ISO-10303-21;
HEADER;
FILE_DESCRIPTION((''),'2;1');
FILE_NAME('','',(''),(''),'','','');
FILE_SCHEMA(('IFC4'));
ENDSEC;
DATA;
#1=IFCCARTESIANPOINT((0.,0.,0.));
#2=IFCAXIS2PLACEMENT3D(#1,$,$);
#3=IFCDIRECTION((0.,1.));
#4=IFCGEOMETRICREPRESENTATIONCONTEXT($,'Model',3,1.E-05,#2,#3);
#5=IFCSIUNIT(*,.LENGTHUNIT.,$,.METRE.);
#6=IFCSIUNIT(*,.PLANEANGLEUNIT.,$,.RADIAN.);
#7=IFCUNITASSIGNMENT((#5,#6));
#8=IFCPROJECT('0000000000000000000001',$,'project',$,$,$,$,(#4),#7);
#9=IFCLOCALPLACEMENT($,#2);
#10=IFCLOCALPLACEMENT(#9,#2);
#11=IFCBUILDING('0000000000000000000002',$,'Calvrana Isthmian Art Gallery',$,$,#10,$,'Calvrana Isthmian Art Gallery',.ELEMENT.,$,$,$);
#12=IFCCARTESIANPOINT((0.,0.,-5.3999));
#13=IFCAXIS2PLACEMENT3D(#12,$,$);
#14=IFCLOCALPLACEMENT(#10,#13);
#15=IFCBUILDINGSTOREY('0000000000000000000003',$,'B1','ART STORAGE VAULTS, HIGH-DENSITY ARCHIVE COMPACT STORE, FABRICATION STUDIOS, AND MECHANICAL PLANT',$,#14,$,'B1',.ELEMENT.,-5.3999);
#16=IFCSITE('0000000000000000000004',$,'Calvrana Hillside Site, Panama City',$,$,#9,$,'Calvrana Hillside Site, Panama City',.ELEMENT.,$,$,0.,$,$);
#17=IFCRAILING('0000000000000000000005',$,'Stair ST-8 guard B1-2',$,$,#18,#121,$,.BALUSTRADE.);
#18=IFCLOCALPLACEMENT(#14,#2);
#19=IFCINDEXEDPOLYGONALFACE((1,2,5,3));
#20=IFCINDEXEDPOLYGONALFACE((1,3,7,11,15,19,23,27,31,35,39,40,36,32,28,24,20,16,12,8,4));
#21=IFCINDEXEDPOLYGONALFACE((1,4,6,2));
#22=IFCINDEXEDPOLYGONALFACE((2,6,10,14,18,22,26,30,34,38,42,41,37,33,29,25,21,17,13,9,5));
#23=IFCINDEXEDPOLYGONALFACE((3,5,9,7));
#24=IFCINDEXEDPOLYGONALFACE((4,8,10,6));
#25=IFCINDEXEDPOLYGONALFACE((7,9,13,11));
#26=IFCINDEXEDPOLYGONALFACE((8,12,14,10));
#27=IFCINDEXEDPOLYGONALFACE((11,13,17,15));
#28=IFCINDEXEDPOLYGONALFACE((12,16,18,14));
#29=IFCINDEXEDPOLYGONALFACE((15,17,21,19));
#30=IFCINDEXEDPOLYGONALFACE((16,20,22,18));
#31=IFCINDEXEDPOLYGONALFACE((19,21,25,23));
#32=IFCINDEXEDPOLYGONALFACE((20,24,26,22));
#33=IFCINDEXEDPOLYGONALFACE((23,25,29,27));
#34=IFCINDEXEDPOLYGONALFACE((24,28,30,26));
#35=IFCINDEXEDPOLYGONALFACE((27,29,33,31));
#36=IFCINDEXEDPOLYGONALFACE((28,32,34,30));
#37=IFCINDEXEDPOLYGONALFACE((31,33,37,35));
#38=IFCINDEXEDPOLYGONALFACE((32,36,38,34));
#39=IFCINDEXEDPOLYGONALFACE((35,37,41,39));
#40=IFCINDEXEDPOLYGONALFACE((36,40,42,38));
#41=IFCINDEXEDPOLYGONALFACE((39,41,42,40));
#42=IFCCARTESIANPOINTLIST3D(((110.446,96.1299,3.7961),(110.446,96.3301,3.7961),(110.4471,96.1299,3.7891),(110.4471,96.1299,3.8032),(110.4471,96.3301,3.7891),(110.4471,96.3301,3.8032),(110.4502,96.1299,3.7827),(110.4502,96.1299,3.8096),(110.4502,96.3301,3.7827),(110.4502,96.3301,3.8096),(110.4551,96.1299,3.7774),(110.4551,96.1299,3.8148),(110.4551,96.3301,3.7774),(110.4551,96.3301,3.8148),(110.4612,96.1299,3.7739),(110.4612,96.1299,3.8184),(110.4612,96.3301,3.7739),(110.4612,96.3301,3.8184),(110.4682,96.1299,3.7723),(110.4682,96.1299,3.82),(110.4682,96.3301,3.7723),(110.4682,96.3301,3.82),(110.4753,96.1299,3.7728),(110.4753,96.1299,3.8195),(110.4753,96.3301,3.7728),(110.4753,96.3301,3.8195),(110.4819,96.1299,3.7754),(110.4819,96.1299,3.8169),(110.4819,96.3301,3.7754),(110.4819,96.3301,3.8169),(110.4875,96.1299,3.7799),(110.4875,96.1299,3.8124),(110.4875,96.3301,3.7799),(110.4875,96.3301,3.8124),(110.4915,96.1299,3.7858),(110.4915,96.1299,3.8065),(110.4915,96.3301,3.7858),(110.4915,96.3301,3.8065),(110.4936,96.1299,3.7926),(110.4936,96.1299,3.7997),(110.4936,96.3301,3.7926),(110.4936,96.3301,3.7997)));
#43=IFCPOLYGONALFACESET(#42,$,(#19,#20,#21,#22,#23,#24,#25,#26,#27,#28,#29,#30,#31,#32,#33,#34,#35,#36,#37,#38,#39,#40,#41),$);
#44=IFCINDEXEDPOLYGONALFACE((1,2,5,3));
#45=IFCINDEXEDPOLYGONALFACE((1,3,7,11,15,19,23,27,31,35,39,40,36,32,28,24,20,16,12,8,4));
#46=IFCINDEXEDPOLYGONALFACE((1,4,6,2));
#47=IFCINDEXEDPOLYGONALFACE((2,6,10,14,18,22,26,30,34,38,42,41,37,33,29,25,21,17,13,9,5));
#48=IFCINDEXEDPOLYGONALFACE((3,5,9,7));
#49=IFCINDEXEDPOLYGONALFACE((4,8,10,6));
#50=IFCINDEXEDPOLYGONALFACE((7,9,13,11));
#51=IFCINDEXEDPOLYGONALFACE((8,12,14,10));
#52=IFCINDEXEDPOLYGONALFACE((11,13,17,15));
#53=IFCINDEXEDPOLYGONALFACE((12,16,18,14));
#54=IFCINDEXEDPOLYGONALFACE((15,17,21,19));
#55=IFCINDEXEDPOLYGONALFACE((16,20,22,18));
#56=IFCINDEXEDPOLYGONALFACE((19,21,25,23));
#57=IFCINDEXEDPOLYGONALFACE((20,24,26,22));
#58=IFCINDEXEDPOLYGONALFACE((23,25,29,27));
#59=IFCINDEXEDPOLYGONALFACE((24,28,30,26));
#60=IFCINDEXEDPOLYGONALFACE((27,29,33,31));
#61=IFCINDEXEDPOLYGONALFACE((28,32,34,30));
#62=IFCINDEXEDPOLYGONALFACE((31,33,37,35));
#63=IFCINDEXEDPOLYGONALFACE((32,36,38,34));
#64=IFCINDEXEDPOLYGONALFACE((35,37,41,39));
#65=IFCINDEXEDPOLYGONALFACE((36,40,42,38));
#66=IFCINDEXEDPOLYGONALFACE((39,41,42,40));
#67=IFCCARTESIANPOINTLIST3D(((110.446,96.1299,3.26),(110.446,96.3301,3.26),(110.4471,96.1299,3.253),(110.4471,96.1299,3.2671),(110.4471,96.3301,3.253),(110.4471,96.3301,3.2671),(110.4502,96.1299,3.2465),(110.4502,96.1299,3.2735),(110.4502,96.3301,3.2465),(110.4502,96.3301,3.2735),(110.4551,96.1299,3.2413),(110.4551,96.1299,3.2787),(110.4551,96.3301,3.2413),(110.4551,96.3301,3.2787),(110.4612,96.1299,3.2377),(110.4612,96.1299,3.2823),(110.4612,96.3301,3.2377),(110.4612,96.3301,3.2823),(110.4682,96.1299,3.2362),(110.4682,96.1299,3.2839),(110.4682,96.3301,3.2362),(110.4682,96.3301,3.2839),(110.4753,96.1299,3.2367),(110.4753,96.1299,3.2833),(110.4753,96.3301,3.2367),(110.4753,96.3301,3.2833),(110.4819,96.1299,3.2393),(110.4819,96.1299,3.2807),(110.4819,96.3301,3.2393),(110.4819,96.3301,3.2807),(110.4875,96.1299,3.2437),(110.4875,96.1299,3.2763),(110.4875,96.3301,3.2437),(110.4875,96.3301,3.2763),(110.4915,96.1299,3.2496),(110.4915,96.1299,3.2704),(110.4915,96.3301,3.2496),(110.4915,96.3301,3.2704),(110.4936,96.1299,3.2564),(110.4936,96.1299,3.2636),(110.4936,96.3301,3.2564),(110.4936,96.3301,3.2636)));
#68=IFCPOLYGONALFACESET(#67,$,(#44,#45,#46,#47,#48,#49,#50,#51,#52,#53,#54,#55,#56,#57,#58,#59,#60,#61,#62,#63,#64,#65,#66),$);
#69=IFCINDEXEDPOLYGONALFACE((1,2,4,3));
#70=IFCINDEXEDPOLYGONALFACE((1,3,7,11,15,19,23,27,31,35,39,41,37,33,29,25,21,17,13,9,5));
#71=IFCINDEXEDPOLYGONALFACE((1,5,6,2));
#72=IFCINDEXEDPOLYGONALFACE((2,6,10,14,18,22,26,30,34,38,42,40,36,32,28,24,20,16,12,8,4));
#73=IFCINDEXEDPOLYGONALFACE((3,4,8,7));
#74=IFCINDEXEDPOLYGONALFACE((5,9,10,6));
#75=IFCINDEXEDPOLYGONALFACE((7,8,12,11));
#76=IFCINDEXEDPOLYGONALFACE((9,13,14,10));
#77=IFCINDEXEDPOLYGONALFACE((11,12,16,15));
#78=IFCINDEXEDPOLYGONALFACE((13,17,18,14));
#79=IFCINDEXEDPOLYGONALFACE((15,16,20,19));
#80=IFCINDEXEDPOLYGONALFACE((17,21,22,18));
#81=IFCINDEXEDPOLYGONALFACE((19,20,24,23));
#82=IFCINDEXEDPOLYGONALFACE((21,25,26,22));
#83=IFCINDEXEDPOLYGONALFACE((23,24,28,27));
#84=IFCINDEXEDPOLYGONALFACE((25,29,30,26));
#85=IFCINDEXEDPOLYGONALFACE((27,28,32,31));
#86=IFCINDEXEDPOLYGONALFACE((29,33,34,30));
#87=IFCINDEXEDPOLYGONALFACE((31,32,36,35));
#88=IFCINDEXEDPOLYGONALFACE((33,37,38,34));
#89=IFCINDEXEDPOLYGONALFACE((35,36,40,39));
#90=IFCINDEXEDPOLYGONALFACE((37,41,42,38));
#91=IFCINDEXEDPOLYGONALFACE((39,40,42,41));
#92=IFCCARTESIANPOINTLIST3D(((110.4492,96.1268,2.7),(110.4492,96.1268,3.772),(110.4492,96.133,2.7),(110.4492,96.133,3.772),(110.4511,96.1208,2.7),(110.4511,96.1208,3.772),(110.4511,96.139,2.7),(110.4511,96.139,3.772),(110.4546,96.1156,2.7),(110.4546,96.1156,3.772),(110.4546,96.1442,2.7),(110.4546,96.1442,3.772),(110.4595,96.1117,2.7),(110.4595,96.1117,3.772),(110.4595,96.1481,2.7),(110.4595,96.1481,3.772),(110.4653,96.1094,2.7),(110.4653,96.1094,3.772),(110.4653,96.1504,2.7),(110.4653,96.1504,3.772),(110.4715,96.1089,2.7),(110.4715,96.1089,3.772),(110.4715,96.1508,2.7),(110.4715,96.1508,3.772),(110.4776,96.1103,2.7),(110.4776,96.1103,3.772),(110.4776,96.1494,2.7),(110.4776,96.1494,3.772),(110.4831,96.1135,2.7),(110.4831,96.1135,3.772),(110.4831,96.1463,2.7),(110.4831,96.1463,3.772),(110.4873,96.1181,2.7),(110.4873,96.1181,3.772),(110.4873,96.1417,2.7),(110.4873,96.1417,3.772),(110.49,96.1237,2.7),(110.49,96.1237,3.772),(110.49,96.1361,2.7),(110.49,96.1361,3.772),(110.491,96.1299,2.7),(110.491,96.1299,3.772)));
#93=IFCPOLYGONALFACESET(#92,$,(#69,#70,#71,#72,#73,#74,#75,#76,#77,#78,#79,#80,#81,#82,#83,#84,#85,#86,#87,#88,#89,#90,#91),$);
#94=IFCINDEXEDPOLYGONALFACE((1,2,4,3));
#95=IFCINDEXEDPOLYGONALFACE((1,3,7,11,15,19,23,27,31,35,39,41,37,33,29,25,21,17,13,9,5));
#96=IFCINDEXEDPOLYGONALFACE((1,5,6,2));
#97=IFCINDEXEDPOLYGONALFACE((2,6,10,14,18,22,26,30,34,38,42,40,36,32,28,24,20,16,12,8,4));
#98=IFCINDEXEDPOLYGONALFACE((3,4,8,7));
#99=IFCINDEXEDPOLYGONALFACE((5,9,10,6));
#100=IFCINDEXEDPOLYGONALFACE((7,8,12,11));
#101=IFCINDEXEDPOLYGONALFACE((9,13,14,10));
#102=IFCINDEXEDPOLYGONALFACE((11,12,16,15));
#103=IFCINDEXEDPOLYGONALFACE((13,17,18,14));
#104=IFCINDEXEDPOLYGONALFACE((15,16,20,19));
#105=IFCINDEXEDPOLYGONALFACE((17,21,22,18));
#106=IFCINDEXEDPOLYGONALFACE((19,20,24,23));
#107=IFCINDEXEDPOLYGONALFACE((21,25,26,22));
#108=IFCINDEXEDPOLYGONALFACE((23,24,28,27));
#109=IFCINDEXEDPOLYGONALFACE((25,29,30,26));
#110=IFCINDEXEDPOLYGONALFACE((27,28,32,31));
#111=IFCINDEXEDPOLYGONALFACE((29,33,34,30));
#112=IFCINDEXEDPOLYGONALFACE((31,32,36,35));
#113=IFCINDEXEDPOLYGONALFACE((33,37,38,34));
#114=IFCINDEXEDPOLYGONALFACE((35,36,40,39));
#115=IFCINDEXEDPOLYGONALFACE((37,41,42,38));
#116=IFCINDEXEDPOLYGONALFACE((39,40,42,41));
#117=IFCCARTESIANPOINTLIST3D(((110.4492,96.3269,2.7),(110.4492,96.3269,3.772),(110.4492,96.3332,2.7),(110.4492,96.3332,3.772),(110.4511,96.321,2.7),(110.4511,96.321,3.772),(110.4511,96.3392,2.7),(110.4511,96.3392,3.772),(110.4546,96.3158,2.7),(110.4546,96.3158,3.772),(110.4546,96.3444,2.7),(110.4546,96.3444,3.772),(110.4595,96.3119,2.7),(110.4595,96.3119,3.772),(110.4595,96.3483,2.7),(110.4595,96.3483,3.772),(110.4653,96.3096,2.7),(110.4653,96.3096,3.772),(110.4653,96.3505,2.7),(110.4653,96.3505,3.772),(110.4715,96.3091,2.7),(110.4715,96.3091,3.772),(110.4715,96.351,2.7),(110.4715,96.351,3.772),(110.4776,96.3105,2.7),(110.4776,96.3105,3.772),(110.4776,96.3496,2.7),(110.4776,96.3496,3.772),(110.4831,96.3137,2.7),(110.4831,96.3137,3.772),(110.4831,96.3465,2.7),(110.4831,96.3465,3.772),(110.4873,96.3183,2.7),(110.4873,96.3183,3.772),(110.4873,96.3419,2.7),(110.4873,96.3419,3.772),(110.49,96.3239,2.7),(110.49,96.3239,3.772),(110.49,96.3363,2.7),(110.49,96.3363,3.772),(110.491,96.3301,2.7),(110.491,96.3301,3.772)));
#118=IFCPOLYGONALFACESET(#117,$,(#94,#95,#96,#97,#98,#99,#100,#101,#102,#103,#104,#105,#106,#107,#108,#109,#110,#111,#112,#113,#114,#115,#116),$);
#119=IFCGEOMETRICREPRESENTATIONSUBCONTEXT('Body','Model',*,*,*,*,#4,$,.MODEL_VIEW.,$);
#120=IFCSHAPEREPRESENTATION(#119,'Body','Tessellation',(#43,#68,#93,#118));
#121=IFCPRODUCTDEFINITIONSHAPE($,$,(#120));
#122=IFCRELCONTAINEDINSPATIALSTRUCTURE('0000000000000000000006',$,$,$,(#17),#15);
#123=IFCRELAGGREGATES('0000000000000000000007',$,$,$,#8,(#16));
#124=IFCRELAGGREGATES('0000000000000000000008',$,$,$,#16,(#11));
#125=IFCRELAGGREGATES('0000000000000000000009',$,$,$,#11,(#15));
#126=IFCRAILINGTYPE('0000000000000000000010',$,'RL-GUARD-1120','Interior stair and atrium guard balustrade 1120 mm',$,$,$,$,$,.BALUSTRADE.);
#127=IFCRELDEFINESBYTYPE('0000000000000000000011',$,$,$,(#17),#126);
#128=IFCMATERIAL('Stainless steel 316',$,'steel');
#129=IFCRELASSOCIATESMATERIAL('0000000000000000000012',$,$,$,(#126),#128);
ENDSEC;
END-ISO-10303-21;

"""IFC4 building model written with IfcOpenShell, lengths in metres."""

from ifc_helpers import new_model, si_unit, direction, frame, origin, origin_2d, place, context, subcontext, project, spatial, circle, extrude, material, type_object, element, save


model = new_model("IFC4")

# Units and contexts
model_context = context("Model", 3, precision=1e-05, world=origin(), true_north=direction((0.0, 1.0)))
body_context = subcontext(model_context, "Body", "Model", "MODEL_VIEW")
ifc_project = project(units=[si_unit("LENGTHUNIT", "METRE"), si_unit("PLANEANGLEUNIT", "RADIAN")], contexts=[model_context])

# Site, building, storey
site_placement = place(None, origin())
site = spatial("IfcSite", under=ifc_project, at=site_placement, Name="Calvrana Hillside Site, Panama City", LongName="Calvrana Hillside Site, Panama City", CompositionType="ELEMENT", RefElevation=0.0)
building_placement = place(site_placement, origin())
building = spatial("IfcBuilding", under=site, at=building_placement, Name="Calvrana Isthmian Art Gallery", LongName="Calvrana Isthmian Art Gallery", CompositionType="ELEMENT")
storey_placement = place(building_placement, frame((0.0, 0.0, -5.3999)))
storey = spatial("IfcBuildingStorey", under=building, at=storey_placement, Name="B1", Description="ART STORAGE VAULTS, HIGH-DENSITY ARCHIVE COMPACT STORE, FABRICATION STUDIOS, AND MECHANICAL PLANT", LongName="B1", CompositionType="ELEMENT", Elevation=-5.3999)

# Railing
ifc_material_1 = material(Name="Stainless steel 316", Category="steel")
railing_type_1 = type_object("IfcRailingType", Name="RL-GUARD-1120", Description="Interior stair and atrium guard balustrade 1120 mm", PredefinedType="BALUSTRADE", material=ifc_material_1)
railing_1_placement = place(storey_placement, frame((110.47, 96.1299, 2.7)))
element("IfcRailing", 1, at=railing_1_placement, inside=storey, type_object=railing_type_1, Name="Stair ST-8 guard B1-2", PredefinedType="BALUSTRADE", context=body_context, shape_type="SweptSolid", body=[
    extrude(circle(Radius=0.0239, at=origin_2d()), frame((0.0, 0.0, 1.0962), z_axis=(0.0, 1.0, 0.0), x_axis=(-1.0, 0.0, 0.0)), (0.0, 0.0, 1.0), 0.2002),
    extrude(circle(Radius=0.0239, at=origin_2d()), frame((0.0, 0.0, 0.5601), z_axis=(0.0, 1.0, 0.0), x_axis=(-1.0, 0.0, 0.0)), (0.0, 0.0, 1.0), 0.2002),
    extrude(circle(Radius=0.021, at=origin_2d()), origin(), (0.0, 0.0, 1.0), 1.072),
    extrude(circle(Radius=0.021, at=origin_2d()), frame((0.0, 0.2002, 0.0)), (0.0, 0.0, 1.0), 1.072),
])

save(model, "model.ifc")
